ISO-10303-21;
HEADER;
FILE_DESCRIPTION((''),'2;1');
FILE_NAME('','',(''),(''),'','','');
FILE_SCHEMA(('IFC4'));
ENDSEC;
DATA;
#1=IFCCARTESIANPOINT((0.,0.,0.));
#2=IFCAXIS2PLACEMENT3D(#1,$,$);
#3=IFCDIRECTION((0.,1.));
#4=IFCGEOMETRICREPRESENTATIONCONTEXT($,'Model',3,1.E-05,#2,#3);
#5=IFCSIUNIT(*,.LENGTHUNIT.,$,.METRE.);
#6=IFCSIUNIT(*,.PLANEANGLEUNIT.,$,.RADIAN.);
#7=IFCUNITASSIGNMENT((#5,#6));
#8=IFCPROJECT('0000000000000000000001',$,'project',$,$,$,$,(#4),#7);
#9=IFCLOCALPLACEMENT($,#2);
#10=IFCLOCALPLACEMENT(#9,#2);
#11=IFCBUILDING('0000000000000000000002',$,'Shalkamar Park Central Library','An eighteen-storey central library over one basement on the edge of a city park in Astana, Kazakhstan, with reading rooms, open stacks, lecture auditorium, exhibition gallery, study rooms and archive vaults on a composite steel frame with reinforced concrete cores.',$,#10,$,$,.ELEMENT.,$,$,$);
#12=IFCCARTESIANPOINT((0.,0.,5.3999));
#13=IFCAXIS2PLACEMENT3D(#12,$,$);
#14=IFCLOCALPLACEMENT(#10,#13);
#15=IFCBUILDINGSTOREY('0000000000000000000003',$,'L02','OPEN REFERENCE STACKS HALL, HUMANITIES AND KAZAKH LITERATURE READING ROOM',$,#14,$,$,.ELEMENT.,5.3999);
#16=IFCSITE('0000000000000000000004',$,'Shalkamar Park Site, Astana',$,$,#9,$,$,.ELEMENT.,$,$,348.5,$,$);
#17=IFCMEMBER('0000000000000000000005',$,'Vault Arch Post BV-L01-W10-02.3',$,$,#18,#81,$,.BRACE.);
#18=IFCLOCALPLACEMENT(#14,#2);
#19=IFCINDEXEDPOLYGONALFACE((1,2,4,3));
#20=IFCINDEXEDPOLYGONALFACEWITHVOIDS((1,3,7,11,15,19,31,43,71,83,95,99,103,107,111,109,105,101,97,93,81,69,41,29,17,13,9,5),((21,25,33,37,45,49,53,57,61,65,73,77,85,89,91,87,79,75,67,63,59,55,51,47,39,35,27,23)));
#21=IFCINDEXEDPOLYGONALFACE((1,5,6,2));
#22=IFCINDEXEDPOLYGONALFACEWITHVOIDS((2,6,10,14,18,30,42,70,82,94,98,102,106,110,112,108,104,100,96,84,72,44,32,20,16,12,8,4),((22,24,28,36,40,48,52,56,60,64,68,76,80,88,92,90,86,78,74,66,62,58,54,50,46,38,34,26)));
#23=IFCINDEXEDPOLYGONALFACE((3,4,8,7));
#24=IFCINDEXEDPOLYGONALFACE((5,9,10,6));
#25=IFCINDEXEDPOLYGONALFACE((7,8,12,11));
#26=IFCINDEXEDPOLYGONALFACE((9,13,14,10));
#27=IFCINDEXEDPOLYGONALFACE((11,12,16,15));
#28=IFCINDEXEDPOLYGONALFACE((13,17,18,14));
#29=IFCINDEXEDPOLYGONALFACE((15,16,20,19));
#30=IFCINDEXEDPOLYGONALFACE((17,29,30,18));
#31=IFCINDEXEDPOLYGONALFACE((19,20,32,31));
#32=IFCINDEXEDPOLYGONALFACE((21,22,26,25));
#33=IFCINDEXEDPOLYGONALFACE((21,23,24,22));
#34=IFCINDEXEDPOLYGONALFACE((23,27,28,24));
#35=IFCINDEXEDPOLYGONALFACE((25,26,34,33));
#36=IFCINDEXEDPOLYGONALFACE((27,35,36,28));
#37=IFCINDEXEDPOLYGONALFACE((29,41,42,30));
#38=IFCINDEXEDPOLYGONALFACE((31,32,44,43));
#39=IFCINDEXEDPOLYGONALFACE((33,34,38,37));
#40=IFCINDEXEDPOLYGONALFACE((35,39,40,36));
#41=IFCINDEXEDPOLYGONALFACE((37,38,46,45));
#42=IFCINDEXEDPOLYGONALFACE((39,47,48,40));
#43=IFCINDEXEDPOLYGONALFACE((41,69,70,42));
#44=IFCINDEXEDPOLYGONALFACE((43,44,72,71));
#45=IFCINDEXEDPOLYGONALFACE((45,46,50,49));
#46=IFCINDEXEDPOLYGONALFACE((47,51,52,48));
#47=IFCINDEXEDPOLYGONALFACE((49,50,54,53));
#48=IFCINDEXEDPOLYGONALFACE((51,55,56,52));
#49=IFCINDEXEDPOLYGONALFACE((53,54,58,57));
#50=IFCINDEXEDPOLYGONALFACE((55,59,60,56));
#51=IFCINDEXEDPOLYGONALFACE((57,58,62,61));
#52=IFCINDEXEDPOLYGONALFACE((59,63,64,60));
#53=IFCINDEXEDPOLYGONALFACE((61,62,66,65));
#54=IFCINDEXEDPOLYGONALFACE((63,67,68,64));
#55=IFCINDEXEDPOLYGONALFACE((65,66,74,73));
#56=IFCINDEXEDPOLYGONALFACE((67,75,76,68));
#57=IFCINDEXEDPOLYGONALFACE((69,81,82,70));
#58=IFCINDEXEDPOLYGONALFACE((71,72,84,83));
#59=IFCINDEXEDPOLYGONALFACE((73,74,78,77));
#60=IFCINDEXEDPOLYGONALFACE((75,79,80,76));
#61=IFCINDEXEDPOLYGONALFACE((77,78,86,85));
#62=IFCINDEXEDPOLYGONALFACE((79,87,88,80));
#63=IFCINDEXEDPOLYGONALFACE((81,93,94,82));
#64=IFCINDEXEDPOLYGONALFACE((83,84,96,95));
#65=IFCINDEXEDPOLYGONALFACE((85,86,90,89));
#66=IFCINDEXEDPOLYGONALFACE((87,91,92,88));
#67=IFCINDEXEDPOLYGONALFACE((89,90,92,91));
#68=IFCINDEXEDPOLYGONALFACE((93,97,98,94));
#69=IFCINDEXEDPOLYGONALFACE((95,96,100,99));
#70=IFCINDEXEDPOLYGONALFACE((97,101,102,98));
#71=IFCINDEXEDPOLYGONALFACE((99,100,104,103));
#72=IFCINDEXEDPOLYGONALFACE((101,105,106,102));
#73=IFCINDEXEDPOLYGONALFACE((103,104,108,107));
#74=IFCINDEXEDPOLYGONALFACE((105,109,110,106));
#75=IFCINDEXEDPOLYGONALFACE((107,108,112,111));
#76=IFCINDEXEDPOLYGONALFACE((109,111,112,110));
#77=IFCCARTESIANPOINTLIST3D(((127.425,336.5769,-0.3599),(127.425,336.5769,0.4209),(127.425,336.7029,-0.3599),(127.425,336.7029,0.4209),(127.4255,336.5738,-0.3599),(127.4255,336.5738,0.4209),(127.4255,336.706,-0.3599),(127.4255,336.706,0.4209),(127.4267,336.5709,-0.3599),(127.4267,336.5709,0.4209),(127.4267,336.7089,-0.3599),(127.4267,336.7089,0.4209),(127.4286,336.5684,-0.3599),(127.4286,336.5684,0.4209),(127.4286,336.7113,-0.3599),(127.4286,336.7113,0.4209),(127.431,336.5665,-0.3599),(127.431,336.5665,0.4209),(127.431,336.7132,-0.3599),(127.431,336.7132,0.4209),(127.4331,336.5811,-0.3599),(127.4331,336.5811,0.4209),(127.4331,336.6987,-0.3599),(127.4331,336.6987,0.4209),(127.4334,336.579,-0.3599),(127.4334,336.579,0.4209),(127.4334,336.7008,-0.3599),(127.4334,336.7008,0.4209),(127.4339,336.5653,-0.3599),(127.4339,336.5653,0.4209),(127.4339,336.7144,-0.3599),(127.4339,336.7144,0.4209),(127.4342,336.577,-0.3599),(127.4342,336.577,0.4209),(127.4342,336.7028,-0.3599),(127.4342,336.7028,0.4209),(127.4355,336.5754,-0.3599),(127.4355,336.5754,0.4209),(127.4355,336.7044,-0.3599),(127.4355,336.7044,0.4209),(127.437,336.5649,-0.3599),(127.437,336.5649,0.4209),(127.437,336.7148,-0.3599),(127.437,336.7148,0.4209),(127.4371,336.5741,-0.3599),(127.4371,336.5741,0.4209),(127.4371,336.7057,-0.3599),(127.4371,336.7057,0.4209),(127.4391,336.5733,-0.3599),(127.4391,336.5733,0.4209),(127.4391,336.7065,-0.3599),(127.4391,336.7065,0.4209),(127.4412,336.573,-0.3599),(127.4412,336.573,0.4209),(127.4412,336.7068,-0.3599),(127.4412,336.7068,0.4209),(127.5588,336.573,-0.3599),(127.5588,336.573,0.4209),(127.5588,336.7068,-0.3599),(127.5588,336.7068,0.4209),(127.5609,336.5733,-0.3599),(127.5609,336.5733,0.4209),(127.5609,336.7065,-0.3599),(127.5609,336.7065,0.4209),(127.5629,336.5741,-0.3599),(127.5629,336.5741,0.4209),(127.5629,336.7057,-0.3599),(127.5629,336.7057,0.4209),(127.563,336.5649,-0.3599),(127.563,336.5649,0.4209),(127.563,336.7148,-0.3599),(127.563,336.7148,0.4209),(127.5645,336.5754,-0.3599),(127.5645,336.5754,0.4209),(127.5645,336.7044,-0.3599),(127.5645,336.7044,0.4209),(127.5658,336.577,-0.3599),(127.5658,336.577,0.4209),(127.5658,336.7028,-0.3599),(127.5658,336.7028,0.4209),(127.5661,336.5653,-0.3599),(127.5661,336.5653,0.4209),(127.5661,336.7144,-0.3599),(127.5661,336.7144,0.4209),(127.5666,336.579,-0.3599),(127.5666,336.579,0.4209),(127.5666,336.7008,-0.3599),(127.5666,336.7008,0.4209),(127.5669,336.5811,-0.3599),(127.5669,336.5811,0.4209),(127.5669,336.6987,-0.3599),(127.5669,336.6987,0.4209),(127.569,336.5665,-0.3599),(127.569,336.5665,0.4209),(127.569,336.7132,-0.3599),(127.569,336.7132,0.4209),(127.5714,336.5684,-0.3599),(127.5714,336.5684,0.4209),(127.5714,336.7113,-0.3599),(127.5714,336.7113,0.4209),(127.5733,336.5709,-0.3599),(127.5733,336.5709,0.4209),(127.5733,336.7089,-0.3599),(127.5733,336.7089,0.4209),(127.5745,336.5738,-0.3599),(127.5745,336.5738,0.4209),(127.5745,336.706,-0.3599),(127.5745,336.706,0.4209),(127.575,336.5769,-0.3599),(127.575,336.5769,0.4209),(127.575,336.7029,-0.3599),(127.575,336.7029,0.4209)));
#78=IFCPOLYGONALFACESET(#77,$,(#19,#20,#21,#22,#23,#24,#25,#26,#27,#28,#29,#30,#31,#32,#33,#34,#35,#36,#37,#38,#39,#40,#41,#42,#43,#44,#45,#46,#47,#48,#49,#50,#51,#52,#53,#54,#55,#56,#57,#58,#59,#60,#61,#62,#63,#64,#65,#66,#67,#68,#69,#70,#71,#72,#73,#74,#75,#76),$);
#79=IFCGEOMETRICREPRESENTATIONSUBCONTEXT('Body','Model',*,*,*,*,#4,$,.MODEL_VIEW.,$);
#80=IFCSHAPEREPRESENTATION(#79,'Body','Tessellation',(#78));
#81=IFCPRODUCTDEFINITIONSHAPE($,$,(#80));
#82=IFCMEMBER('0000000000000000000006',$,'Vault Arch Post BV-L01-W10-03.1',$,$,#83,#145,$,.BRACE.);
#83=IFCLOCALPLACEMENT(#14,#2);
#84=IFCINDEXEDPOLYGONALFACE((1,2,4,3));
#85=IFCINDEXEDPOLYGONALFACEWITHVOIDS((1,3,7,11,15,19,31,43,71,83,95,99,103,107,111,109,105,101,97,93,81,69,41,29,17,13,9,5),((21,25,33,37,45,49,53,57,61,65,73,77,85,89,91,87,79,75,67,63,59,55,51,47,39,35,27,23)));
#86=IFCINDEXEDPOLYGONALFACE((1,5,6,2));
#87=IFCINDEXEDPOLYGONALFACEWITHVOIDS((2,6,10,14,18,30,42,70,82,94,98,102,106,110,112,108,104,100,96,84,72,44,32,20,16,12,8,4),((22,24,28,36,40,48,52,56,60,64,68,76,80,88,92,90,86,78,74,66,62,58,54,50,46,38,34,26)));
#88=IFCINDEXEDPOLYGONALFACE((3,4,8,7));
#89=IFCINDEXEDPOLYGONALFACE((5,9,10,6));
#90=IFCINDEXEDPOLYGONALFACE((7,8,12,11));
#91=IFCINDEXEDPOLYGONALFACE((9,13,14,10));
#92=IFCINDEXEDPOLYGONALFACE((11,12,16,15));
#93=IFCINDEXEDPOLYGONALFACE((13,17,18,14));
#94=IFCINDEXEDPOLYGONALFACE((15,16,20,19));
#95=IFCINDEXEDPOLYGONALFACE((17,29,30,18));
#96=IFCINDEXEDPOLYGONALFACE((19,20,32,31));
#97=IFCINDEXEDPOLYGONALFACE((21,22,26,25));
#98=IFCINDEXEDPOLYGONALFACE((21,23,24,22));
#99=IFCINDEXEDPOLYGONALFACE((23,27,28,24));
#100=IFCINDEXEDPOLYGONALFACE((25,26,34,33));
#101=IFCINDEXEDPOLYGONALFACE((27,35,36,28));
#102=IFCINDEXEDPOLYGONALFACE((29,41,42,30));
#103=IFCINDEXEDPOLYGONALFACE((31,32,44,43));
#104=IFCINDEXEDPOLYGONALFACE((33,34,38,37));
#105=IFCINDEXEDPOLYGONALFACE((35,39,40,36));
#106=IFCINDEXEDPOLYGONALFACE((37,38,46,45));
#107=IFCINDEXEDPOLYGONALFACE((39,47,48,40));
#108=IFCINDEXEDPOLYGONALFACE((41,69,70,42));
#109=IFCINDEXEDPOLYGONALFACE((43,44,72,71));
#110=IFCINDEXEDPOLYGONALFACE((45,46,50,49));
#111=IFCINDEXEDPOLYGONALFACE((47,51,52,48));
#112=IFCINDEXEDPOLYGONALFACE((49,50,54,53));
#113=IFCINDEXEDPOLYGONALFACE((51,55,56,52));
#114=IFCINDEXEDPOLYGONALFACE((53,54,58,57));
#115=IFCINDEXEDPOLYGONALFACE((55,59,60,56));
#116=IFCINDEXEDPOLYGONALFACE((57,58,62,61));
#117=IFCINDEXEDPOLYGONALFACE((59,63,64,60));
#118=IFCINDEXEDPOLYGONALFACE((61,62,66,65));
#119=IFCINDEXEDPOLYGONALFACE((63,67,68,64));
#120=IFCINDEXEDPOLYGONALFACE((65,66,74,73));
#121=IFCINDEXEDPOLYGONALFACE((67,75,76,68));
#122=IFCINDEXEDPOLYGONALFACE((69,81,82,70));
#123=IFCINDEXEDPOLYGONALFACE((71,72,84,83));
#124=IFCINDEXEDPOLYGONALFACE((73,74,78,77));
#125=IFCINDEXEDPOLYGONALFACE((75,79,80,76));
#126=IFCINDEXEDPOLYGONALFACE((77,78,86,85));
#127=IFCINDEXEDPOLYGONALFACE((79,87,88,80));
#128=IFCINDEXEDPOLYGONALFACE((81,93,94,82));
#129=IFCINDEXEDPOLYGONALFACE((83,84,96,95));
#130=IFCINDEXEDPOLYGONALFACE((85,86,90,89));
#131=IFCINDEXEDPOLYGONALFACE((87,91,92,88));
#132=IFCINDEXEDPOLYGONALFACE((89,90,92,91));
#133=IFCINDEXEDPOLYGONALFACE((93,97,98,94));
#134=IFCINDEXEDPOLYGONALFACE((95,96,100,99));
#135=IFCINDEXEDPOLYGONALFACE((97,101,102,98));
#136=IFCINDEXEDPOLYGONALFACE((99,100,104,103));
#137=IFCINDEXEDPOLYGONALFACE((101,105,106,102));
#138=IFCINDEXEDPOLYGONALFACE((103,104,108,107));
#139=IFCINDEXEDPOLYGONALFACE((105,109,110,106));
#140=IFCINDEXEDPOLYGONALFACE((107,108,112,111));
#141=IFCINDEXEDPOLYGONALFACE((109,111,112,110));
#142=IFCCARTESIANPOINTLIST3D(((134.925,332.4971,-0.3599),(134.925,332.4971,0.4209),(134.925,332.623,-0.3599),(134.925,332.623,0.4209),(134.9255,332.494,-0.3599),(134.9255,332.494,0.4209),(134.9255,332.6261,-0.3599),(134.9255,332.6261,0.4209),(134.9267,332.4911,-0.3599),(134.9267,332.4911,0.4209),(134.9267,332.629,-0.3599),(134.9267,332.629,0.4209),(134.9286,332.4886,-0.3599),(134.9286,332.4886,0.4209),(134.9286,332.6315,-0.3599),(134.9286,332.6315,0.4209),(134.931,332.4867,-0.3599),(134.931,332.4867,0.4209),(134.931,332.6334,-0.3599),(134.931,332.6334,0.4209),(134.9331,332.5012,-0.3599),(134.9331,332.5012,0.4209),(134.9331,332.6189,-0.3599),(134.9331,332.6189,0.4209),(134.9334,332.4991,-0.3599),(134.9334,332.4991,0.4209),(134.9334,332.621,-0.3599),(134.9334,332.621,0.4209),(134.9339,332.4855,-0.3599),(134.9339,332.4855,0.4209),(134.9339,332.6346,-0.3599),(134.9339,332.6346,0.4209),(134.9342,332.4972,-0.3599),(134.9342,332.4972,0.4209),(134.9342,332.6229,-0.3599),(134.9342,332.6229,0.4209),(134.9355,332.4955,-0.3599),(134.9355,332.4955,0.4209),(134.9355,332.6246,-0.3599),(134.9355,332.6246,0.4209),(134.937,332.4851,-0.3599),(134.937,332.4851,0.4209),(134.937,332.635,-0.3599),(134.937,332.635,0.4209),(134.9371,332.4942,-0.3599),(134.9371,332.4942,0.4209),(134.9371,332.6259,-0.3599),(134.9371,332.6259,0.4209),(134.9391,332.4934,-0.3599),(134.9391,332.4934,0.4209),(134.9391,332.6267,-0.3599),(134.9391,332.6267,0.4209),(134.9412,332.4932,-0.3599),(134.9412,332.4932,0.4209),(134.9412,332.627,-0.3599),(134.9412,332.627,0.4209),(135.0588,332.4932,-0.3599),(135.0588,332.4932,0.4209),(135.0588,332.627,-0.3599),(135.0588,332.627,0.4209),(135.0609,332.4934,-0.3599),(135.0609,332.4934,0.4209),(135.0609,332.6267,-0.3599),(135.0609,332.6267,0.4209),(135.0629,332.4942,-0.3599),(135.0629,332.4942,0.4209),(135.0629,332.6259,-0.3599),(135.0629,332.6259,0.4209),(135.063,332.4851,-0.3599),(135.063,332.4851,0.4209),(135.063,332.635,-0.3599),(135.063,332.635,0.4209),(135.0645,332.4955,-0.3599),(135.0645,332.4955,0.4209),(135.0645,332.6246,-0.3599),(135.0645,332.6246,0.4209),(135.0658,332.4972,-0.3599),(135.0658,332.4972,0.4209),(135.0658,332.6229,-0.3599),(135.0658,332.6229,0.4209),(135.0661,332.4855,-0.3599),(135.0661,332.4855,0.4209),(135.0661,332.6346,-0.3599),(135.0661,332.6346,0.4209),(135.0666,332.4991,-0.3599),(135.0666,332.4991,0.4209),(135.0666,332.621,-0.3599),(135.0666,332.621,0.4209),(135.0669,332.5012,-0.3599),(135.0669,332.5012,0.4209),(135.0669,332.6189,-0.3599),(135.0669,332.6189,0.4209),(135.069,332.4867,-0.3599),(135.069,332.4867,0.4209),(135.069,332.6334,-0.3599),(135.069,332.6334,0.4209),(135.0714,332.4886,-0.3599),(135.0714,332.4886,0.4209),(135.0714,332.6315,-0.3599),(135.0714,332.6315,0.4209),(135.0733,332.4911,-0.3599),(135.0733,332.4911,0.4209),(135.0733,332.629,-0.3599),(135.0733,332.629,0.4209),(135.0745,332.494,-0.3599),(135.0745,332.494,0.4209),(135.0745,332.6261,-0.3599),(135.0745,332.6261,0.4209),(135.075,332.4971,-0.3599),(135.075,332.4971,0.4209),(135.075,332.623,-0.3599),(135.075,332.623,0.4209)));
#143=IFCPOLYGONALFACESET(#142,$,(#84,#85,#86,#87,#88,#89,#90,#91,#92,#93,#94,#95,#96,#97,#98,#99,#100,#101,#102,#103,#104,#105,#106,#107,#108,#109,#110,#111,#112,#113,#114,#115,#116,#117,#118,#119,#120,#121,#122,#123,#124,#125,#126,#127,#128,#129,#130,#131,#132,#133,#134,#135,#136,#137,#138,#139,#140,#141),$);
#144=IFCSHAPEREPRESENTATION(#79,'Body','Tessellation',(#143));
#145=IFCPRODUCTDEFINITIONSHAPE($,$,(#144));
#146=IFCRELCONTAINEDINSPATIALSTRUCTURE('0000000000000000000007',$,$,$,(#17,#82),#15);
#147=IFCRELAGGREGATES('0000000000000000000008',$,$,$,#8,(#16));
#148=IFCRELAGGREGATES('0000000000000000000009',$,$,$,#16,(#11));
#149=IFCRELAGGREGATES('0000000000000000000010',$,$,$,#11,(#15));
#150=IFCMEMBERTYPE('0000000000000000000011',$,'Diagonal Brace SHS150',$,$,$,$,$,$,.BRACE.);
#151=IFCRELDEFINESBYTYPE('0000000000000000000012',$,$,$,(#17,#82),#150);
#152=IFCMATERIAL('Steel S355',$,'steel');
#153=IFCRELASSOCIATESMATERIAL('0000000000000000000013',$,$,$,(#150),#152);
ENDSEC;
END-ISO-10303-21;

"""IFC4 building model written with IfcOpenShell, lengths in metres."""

from ifc_helpers import new_model, si_unit, direction, frame, origin, origin_2d, place, context, subcontext, project, spatial, hollow_rectangle, extrude, material, material_profile, profile_set, type_object, element, save


model = new_model("IFC4")

# Units and contexts
model_context = context("Model", 3, precision=1e-05, world=origin(), true_north=direction((0.0, 1.0)))
body_context = subcontext(model_context, "Body", "Model", "MODEL_VIEW")
ifc_project = project(units=[si_unit("LENGTHUNIT", "METRE"), si_unit("PLANEANGLEUNIT", "RADIAN")], contexts=[model_context])

# Site, building, storey
site_placement = place(None, origin())
site = spatial("IfcSite", under=ifc_project, at=site_placement, Name="Shalkamar Park Site, Astana", CompositionType="ELEMENT", RefElevation=348.5)
building_placement = place(site_placement, origin())
building = spatial("IfcBuilding", under=site, at=building_placement, Name="Shalkamar Park Central Library", Description="An eighteen-storey central library over one basement on the edge of a city park in Astana, Kazakhstan, with reading rooms, open stacks, lecture auditorium, exhibition gallery, study rooms and archive vaults on a composite steel frame with reinforced concrete cores.", CompositionType="ELEMENT")
storey_placement = place(building_placement, frame((0.0, 0.0, 5.3999)))
storey = spatial("IfcBuildingStorey", under=building, at=storey_placement, Name="L02", Description="OPEN REFERENCE STACKS HALL, HUMANITIES AND KAZAKH LITERATURE READING ROOM", CompositionType="ELEMENT", Elevation=5.3999)

# Shared definitions
ifc_material_1 = material(Name="Steel S355", Category="steel")

# Members
ifc_material_profile_1 = material_profile(ifc_material_1, hollow_rectangle(XDim=0.1499, YDim=0.1499, WallThickness=0.0081, InnerFilletRadius=0.0081, OuterFilletRadius=0.012, at=origin_2d()), Name="SHS 150x150x8")
ifc_profile_set_1 = profile_set([ifc_material_profile_1], Name="Steel S355")
member_type_1 = type_object("IfcMemberType", Name="Diagonal Brace SHS150", PredefinedType="BRACE", material=ifc_profile_set_1)
for number, where, z_axis, x_axis, name in (
    (1, (127.5, 336.6399, -0.3599), (0.0, 0.0, 1.0), (1.0, 0.0, 0.0), "Vault Arch Post BV-L01-W10-02.3"),
    (2, (135.0, 332.5601, -0.3599), (0.0, 0.0, 1.0), (1.0, 0.0, 0.0), "Vault Arch Post BV-L01-W10-03.1"),
):
    element("IfcMember", number, at=place(storey_placement, frame(where, z_axis=z_axis, x_axis=x_axis)), inside=storey, type_object=member_type_1, Name=name, PredefinedType="BRACE", context=body_context, shape_type="SweptSolid", body=[
        extrude(hollow_rectangle(XDim=0.1499, YDim=0.1499, WallThickness=0.0081, InnerFilletRadius=0.0081, OuterFilletRadius=0.012, at=origin_2d()), origin(), (0.0, 0.0, 1.0), 0.7808),
    ])

save(model, "model.ifc")
